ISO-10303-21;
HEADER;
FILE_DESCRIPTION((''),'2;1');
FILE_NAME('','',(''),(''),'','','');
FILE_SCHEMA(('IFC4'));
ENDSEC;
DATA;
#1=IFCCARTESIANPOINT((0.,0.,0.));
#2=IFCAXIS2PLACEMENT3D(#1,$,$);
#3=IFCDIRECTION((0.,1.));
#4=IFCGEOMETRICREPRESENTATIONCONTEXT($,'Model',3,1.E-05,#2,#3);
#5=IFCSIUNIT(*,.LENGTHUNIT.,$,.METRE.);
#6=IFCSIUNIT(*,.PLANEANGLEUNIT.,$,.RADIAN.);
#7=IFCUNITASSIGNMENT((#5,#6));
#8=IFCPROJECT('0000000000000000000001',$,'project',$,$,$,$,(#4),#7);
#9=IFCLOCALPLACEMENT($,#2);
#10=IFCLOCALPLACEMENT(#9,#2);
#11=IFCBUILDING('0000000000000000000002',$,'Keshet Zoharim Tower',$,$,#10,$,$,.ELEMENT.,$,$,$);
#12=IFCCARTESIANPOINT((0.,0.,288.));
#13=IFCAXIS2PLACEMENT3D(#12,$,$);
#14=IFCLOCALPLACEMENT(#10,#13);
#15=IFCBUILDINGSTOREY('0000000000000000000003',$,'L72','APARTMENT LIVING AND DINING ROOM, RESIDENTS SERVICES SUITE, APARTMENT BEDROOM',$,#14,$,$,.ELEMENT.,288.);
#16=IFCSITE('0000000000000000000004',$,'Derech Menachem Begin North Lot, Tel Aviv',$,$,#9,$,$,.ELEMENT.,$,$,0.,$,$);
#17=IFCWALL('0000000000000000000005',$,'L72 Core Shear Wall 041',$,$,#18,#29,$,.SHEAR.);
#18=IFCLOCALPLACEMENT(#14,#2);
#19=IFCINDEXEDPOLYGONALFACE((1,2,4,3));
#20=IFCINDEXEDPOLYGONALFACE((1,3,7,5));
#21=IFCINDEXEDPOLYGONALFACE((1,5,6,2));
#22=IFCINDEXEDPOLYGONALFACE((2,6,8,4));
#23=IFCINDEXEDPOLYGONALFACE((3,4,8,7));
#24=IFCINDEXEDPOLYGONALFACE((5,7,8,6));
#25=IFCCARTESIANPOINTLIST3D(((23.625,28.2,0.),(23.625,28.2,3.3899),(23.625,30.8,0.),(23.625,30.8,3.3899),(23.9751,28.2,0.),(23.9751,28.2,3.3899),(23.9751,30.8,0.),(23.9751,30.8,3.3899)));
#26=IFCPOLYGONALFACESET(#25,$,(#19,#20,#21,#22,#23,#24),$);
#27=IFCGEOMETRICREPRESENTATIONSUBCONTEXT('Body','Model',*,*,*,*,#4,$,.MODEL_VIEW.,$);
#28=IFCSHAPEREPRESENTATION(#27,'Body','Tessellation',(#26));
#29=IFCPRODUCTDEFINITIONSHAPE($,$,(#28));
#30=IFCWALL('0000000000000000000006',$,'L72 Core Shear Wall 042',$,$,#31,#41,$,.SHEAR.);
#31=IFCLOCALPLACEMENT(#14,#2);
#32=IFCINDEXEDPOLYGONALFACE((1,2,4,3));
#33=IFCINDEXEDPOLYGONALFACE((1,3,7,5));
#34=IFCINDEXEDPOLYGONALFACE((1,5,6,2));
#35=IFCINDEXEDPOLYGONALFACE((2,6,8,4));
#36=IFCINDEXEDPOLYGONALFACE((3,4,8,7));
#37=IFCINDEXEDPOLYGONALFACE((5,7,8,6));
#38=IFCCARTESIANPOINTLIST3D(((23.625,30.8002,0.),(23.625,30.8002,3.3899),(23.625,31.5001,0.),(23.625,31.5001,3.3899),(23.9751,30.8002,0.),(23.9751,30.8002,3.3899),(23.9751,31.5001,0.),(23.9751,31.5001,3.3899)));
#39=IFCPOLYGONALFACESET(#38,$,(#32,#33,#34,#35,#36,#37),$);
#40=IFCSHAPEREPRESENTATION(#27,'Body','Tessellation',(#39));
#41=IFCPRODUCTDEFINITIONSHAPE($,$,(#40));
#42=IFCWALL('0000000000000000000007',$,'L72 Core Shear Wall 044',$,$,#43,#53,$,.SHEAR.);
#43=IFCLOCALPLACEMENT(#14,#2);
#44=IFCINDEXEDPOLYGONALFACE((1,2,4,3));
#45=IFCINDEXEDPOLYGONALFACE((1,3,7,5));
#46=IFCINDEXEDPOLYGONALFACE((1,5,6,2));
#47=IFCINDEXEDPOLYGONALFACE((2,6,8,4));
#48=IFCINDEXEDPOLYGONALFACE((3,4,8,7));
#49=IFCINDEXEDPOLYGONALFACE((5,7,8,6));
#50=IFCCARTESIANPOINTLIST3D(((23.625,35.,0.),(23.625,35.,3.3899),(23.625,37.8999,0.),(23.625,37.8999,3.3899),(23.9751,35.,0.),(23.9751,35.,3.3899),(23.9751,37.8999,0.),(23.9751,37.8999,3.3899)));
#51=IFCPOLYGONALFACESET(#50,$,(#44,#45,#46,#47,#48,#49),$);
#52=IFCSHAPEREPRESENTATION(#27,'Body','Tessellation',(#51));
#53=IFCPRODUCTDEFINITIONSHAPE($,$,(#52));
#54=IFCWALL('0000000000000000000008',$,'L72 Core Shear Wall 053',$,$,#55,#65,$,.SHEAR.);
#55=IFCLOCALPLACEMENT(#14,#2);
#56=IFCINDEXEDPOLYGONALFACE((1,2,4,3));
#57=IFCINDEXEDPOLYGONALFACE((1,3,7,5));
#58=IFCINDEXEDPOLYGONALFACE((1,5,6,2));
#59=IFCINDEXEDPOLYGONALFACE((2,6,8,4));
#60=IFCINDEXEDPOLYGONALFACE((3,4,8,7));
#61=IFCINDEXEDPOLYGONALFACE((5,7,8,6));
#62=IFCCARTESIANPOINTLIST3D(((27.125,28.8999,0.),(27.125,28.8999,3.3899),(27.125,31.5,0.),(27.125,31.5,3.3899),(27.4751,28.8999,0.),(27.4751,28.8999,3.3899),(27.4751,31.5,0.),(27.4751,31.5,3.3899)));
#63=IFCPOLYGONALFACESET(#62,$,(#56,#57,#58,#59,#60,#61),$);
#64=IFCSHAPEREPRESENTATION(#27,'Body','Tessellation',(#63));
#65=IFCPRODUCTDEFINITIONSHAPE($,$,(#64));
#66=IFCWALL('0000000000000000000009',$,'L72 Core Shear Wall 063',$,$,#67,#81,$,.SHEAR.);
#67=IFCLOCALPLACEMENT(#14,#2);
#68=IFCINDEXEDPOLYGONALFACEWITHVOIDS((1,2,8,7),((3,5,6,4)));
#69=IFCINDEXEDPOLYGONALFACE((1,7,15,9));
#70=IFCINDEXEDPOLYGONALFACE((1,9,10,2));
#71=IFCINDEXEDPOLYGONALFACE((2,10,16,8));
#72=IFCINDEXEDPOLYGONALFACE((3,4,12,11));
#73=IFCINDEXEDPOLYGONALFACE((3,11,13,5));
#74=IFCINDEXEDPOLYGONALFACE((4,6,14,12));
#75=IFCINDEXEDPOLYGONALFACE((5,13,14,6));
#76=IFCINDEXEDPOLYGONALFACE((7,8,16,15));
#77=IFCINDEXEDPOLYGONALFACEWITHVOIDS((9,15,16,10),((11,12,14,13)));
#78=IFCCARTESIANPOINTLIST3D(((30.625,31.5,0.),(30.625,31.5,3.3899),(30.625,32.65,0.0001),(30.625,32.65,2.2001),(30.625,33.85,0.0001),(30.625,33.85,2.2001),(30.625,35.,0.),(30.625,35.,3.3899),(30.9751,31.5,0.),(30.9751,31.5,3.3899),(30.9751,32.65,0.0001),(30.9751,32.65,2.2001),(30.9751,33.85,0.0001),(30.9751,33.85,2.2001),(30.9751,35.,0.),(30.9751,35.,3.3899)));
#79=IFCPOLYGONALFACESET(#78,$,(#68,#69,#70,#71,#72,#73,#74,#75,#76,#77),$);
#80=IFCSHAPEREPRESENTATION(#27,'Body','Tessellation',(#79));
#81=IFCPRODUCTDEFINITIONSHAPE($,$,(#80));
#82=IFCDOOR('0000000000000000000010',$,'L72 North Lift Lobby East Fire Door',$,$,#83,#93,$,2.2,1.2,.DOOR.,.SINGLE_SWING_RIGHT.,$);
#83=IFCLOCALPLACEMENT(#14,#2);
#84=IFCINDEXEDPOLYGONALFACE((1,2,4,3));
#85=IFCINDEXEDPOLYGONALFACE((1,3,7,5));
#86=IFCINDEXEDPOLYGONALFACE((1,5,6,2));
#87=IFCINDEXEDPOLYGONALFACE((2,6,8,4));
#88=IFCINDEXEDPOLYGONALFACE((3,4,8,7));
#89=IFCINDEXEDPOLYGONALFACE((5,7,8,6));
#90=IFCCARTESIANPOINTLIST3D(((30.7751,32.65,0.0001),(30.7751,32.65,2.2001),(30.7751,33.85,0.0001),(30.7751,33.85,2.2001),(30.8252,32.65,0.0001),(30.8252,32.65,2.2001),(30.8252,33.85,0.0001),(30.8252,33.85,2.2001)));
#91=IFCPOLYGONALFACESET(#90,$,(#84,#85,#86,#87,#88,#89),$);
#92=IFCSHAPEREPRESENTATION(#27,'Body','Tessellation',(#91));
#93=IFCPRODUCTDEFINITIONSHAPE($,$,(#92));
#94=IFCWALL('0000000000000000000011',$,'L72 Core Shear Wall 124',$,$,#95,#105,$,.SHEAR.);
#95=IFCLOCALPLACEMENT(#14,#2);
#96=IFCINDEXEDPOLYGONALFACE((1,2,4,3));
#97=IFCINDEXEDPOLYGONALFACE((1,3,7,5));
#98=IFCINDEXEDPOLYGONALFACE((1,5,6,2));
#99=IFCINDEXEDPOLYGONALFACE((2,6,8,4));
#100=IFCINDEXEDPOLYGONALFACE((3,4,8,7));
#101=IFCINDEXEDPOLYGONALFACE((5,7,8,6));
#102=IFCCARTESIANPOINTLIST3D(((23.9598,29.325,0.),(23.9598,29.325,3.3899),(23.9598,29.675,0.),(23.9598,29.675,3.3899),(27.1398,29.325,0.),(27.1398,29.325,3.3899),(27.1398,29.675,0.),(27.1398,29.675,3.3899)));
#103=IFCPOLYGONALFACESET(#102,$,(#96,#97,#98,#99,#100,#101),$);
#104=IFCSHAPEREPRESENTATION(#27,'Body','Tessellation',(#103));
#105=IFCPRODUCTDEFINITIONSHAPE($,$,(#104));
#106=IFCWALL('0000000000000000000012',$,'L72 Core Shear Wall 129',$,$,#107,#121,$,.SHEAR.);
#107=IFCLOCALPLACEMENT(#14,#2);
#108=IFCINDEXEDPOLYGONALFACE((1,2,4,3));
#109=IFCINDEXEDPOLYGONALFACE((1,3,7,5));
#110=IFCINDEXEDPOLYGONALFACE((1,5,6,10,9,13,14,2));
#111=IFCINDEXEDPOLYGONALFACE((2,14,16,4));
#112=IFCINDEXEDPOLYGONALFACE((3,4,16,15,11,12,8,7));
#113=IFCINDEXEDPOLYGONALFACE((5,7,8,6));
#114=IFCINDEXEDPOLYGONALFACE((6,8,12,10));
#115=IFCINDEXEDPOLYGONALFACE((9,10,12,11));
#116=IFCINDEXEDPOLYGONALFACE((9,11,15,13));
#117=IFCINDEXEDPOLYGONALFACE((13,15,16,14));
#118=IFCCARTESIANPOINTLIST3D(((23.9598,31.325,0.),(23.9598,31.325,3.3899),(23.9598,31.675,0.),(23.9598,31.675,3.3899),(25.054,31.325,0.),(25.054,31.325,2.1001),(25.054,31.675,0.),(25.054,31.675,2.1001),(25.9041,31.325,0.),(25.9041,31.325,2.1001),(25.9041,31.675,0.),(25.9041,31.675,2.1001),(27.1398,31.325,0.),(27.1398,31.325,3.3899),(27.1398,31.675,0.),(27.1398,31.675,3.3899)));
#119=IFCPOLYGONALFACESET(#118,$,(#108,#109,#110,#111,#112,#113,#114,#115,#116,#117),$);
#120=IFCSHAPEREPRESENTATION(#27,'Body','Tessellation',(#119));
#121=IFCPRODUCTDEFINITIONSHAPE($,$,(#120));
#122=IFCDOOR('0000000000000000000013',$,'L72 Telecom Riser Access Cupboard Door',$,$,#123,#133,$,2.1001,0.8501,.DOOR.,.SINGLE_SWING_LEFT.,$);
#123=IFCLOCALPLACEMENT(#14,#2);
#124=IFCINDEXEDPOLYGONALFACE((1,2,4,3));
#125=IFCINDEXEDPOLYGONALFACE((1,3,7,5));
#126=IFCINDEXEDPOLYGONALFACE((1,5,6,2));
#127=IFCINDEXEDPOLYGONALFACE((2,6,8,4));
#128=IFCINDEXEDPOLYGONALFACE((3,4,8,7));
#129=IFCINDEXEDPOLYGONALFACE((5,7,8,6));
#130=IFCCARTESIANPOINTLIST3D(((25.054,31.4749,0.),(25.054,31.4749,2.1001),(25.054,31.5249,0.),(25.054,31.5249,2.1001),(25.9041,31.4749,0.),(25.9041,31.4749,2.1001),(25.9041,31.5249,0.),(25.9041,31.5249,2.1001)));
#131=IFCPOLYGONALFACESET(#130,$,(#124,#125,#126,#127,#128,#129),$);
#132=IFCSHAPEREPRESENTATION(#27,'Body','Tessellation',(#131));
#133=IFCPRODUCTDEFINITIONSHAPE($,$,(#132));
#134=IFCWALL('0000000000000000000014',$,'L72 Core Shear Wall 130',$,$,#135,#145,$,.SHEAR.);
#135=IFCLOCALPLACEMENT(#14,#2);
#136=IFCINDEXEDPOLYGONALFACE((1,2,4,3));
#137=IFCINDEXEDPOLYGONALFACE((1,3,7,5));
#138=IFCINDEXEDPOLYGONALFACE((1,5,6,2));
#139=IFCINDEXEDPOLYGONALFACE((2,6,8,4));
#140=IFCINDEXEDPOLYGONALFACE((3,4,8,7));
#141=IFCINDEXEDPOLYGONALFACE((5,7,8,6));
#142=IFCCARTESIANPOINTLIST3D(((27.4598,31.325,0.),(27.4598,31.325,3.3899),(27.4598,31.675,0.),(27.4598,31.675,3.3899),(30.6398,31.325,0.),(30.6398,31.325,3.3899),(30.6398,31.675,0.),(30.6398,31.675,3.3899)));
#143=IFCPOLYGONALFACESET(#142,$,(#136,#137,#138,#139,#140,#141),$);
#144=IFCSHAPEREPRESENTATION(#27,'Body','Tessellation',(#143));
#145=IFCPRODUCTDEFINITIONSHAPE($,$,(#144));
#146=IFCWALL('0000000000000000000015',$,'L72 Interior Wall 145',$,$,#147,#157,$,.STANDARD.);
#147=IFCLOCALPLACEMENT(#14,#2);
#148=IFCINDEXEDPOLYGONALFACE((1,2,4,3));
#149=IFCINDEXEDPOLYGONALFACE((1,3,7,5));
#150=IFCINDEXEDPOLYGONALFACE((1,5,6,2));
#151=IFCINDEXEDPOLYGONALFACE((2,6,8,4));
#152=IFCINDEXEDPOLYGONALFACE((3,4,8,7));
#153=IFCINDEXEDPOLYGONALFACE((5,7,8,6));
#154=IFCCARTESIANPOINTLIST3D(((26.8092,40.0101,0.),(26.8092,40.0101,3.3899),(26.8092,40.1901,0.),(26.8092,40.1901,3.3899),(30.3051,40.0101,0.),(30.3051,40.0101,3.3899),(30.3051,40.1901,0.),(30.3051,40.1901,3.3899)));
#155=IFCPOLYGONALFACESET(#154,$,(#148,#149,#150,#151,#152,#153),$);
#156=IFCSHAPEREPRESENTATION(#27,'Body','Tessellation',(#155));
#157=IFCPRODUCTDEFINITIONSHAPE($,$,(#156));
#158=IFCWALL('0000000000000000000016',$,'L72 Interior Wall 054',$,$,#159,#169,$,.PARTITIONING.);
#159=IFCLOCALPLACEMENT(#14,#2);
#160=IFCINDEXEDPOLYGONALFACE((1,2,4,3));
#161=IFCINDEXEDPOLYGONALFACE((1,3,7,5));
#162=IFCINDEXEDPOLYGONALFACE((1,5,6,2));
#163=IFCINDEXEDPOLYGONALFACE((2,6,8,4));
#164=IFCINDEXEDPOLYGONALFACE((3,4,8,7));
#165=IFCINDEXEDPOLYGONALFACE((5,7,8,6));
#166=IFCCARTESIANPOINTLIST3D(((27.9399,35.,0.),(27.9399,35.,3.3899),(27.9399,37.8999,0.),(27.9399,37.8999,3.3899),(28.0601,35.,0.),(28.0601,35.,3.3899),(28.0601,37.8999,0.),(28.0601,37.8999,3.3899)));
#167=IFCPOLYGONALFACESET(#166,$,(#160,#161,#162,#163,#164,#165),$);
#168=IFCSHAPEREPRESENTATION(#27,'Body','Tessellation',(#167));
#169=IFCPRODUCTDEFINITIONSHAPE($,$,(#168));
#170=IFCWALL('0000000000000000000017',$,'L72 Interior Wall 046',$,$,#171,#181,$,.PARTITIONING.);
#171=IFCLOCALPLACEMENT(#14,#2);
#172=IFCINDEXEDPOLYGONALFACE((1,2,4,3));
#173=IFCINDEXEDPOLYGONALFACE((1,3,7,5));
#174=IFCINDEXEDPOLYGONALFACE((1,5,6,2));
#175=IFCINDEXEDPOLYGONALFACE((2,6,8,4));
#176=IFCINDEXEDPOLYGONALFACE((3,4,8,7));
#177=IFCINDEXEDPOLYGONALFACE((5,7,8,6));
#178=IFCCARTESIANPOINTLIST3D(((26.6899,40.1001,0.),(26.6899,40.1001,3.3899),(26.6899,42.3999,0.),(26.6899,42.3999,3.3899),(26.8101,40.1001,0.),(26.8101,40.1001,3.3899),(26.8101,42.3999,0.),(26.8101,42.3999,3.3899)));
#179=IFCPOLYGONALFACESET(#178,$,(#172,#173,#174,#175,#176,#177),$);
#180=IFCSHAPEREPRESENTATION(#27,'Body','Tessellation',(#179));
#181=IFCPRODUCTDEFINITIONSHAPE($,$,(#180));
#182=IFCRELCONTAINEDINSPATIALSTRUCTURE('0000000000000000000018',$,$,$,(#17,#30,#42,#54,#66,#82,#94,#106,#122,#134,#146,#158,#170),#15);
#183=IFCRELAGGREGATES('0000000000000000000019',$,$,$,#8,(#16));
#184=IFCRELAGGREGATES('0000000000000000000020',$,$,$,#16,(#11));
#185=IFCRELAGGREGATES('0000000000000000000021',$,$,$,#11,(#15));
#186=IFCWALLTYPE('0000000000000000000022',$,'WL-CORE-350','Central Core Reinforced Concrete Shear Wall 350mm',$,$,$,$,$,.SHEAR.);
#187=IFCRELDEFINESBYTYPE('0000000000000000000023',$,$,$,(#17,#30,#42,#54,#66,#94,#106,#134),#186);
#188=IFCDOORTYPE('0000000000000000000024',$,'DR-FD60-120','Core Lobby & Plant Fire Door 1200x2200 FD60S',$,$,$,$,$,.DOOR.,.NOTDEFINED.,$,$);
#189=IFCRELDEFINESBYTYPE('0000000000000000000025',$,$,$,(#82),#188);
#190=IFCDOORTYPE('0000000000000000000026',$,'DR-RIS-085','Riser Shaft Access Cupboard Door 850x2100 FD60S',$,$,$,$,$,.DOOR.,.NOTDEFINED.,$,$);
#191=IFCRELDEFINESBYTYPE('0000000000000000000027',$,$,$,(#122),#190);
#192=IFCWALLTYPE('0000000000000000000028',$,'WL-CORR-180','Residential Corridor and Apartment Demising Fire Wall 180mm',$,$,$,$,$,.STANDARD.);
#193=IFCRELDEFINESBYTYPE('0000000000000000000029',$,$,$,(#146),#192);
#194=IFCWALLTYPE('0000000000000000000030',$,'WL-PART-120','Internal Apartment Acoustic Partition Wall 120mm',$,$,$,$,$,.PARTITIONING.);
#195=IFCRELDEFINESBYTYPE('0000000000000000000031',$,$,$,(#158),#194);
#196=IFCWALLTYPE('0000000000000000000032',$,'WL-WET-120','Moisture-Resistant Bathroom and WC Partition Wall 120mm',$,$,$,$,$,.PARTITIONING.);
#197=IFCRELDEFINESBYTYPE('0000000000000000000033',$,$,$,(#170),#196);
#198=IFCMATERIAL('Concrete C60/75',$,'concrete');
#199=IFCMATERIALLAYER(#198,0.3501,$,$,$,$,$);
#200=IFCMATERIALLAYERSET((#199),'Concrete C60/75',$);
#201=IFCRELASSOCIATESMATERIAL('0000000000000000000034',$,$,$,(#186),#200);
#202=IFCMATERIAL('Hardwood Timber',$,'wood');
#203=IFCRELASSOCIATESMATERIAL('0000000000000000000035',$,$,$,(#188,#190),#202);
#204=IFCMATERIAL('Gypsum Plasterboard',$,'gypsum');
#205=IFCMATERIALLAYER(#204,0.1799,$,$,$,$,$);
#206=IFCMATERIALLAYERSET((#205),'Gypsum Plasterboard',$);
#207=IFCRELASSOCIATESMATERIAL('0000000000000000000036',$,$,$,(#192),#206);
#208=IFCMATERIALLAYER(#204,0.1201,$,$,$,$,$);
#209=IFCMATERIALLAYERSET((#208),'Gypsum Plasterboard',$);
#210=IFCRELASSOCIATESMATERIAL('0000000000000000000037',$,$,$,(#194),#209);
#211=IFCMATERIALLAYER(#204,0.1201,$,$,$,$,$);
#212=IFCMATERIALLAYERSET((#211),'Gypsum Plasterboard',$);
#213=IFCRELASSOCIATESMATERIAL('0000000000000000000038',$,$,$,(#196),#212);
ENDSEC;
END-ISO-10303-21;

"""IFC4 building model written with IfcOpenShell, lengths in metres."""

from ifc_helpers import new_model, si_unit, direction, frame, frame_2d, origin, place, context, subcontext, project, spatial, rectangle, extrude, material, layer, layer_set, type_object, element, fill, save


model = new_model("IFC4")

# Units and contexts
model_context = context("Model", 3, precision=1e-05, world=origin(), true_north=direction((0.0, 1.0)))
body_context = subcontext(model_context, "Body", "Model", "MODEL_VIEW")
ifc_project = project(units=[si_unit("LENGTHUNIT", "METRE"), si_unit("PLANEANGLEUNIT", "RADIAN")], contexts=[model_context])

# Site, building, storey
site_placement = place(None, origin())
site = spatial("IfcSite", under=ifc_project, at=site_placement, Name="Derech Menachem Begin North Lot, Tel Aviv", CompositionType="ELEMENT", RefElevation=0.0)
building_placement = place(site_placement, origin())
building = spatial("IfcBuilding", under=site, at=building_placement, Name="Keshet Zoharim Tower", CompositionType="ELEMENT")
storey_placement = place(building_placement, frame((0.0, 0.0, 288.0)))
storey = spatial("IfcBuildingStorey", under=building, at=storey_placement, Name="L72", Description="APARTMENT LIVING AND DINING ROOM, RESIDENTS SERVICES SUITE, APARTMENT BEDROOM", CompositionType="ELEMENT", Elevation=288.0)

# Walls
ifc_material_1 = material(Name="Gypsum Plasterboard", Category="gypsum")
ifc_material_2 = material(Name="Concrete C60/75", Category="concrete")
ifc_layer_1 = layer(ifc_material_2, 0.3501)
ifc_layer_set_1 = layer_set([ifc_layer_1], Name="Concrete C60/75")
wall_type_1 = type_object("IfcWallType", Name="WL-CORE-350", Description="Central Core Reinforced Concrete Shear Wall 350mm", PredefinedType="SHEAR", material=ifc_layer_set_1)
wall_1_placement = place(storey_placement, frame((23.8, 28.2, 0.0), z_axis=(0.0, 0.0, 1.0), x_axis=(0.0, 1.0, 0.0)))
element("IfcWall", 1, at=wall_1_placement, inside=storey, type_object=wall_type_1, Name="L72 Core Shear Wall 041", PredefinedType="SHEAR", context=body_context, shape_type="SweptSolid", body=[
    extrude(rectangle(XDim=2.6001, YDim=0.3501, at=frame_2d((1.3, 0.0))), origin(), (0.0, 0.0, 1.0), 3.3899),
])
wall_2_placement = place(storey_placement, frame((23.8, 30.8, 0.0), z_axis=(0.0, 0.0, 1.0), x_axis=(0.0, 1.0, 0.0)))
element("IfcWall", 2, at=wall_2_placement, inside=storey, type_object=wall_type_1, Name="L72 Core Shear Wall 042", PredefinedType="SHEAR", context=body_context, shape_type="SweptSolid", body=[
    extrude(rectangle(XDim=0.7, YDim=0.3501, at=frame_2d((0.3501, 0.0))), origin(), (0.0, 0.0, 1.0), 3.3899),
])

# Shared definitions
ifc_material_3 = material(Name="Hardwood Timber", Category="wood")

# Walls
wall_3_placement = place(storey_placement, frame((23.8, 35.0, 0.0), z_axis=(0.0, 0.0, 1.0), x_axis=(0.0, 1.0, 0.0)))
element("IfcWall", 3, at=wall_3_placement, inside=storey, type_object=wall_type_1, Name="L72 Core Shear Wall 044", PredefinedType="SHEAR", context=body_context, shape_type="SweptSolid", body=[
    extrude(rectangle(XDim=2.8999, YDim=0.3501, at=frame_2d((1.45, 0.0))), origin(), (0.0, 0.0, 1.0), 3.3899),
])
wall_4_placement = place(storey_placement, frame((27.3, 28.8999, 0.0), z_axis=(0.0, 0.0, 1.0), x_axis=(0.0, 1.0, 0.0)))
element("IfcWall", 4, at=wall_4_placement, inside=storey, type_object=wall_type_1, Name="L72 Core Shear Wall 053", PredefinedType="SHEAR", context=body_context, shape_type="SweptSolid", body=[
    extrude(rectangle(XDim=2.6001, YDim=0.3501, at=frame_2d((1.3, 0.0))), origin(), (0.0, 0.0, 1.0), 3.3899),
])

# Wall, opening, door
wall_5_placement = place(storey_placement, frame((30.8, 31.5, 0.0), z_axis=(0.0, 0.0, 1.0), x_axis=(0.0, 1.0, 0.0)))
wall_5 = element("IfcWall", 5, at=wall_5_placement, inside=storey, type_object=wall_type_1, Name="L72 Core Shear Wall 063", PredefinedType="SHEAR", context=body_context, shape_type="SweptSolid", body=[
    extrude(rectangle(XDim=3.5, YDim=0.3501, at=frame_2d((1.75, 0.0))), origin(), (0.0, 0.0, 1.0), 3.3899),
])
opening_1_placement = place(wall_5_placement, frame((1.1499, 0.0, 0.0)))
opening_1 = element("IfcOpeningElement", 6, at=opening_1_placement, cuts=wall_5, PredefinedType="OPENING", context=body_context, shape_type="SweptSolid", body=[
    extrude(rectangle(XDim=1.2, YDim=2.2, at=frame_2d((0.6001, 1.1001))), frame((0.0, 0.1851, 0.0), z_axis=(0.0, -1.0, 0.0), x_axis=(1.0, 0.0, 0.0)), (0.0, 0.0, 1.0), 0.3701),
])
door_type_1 = type_object("IfcDoorType", Name="DR-FD60-120", Description="Core Lobby & Plant Fire Door 1200x2200 FD60S", OperationType="NOTDEFINED", PredefinedType="DOOR", material=ifc_material_3)
door_1_placement = place(opening_1_placement, origin())
door_1 = element("IfcDoor", 7, at=door_1_placement, inside=storey, type_object=door_type_1, Name="L72 North Lift Lobby East Fire Door", OperationType="SINGLE_SWING_RIGHT", OverallHeight=2.2, OverallWidth=1.2, PredefinedType="DOOR", context=body_context, shape_type="SweptSolid", body=[
    extrude(rectangle(XDim=1.2, YDim=2.2, at=frame_2d((0.6001, 1.1001))), frame((0.0, 0.0249, 0.0), z_axis=(0.0, -1.0, 0.0), x_axis=(1.0, 0.0, 0.0)), (0.0, 0.0, 1.0), 0.05),
])
fill(opening_1, door_1)

# Wall
wall_6_placement = place(storey_placement, frame((23.96, 29.5, 0.0), z_axis=(0.0, 0.0, 1.0), x_axis=(1.0, 0.0, 0.0)))
element("IfcWall", 8, at=wall_6_placement, inside=storey, type_object=wall_type_1, Name="L72 Core Shear Wall 124", PredefinedType="SHEAR", context=body_context, shape_type="SweptSolid", body=[
    extrude(rectangle(XDim=3.1799, YDim=0.3501, at=frame_2d((1.5898, 0.0))), origin(), (0.0, 0.0, 1.0), 3.3899),
])

# Wall, opening, door
wall_7_placement = place(storey_placement, frame((23.96, 31.5, 0.0), z_axis=(0.0, 0.0, 1.0), x_axis=(1.0, 0.0, 0.0)))
wall_7 = element("IfcWall", 9, at=wall_7_placement, inside=storey, type_object=wall_type_1, Name="L72 Core Shear Wall 129", PredefinedType="SHEAR", context=body_context, shape_type="SweptSolid", body=[
    extrude(rectangle(XDim=3.1799, YDim=0.3501, at=frame_2d((1.5898, 0.0))), origin(), (0.0, 0.0, 1.0), 3.3899),
])
opening_2_placement = place(wall_7_placement, frame((1.094, 0.0, 0.0)))
opening_2 = element("IfcOpeningElement", 10, at=opening_2_placement, cuts=wall_7, PredefinedType="OPENING", context=body_context, shape_type="SweptSolid", body=[
    extrude(rectangle(XDim=0.8501, YDim=2.1001, at=frame_2d((0.425, 1.05))), frame((0.0, 0.1851, 0.0), z_axis=(0.0, -1.0, 0.0), x_axis=(1.0, 0.0, 0.0)), (0.0, 0.0, 1.0), 0.3701),
])
door_type_2 = type_object("IfcDoorType", Name="DR-RIS-085", Description="Riser Shaft Access Cupboard Door 850x2100 FD60S", OperationType="NOTDEFINED", PredefinedType="DOOR", material=ifc_material_3)
door_2_placement = place(opening_2_placement, origin())
door_2 = element("IfcDoor", 11, at=door_2_placement, inside=storey, type_object=door_type_2, Name="L72 Telecom Riser Access Cupboard Door", OperationType="SINGLE_SWING_LEFT", OverallHeight=2.1001, OverallWidth=0.8501, PredefinedType="DOOR", context=body_context, shape_type="SweptSolid", body=[
    extrude(rectangle(XDim=0.8501, YDim=2.1001, at=frame_2d((0.425, 1.05))), frame((0.0, 0.0249, 0.0), z_axis=(0.0, -1.0, 0.0), x_axis=(1.0, 0.0, 0.0)), (0.0, 0.0, 1.0), 0.05),
])
fill(opening_2, door_2)

# Wall
wall_8_placement = place(storey_placement, frame((27.46, 31.5, 0.0), z_axis=(0.0, 0.0, 1.0), x_axis=(1.0, 0.0, 0.0)))
element("IfcWall", 12, at=wall_8_placement, inside=storey, type_object=wall_type_1, Name="L72 Core Shear Wall 130", PredefinedType="SHEAR", context=body_context, shape_type="SweptSolid", body=[
    extrude(rectangle(XDim=3.1799, YDim=0.3501, at=frame_2d((1.5898, 0.0))), origin(), (0.0, 0.0, 1.0), 3.3899),
])

# Wall
ifc_layer_2 = layer(ifc_material_1, 0.1799)
ifc_layer_set_2 = layer_set([ifc_layer_2], Name="Gypsum Plasterboard")
wall_type_2 = type_object("IfcWallType", Name="WL-CORR-180", Description="Residential Corridor and Apartment Demising Fire Wall 180mm", PredefinedType="STANDARD", material=ifc_layer_set_2)
wall_9_placement = place(storey_placement, frame((26.8091, 40.1001, 0.0), z_axis=(0.0, 0.0, 1.0), x_axis=(1.0, 0.0, 0.0)))
element("IfcWall", 13, at=wall_9_placement, inside=storey, type_object=wall_type_2, Name="L72 Interior Wall 145", PredefinedType="STANDARD", context=body_context, shape_type="SweptSolid", body=[
    extrude(rectangle(XDim=3.4958, YDim=0.1799, at=frame_2d((1.748, 0.0))), origin(), (0.0, 0.0, 1.0), 3.3899),
])

# Walls
ifc_layer_3 = layer(ifc_material_1, 0.1201)
ifc_layer_set_3 = layer_set([ifc_layer_3], Name="Gypsum Plasterboard")
wall_type_3 = type_object("IfcWallType", Name="WL-PART-120", Description="Internal Apartment Acoustic Partition Wall 120mm", PredefinedType="PARTITIONING", material=ifc_layer_set_3)
wall_10_placement = place(storey_placement, frame((28.0, 35.0, 0.0), z_axis=(0.0, 0.0, 1.0), x_axis=(0.0, 1.0, 0.0)))
element("IfcWall", 14, at=wall_10_placement, inside=storey, type_object=wall_type_3, Name="L72 Interior Wall 054", PredefinedType="PARTITIONING", context=body_context, shape_type="SweptSolid", body=[
    extrude(rectangle(XDim=2.8999, YDim=0.1201, at=frame_2d((1.45, 0.0))), origin(), (0.0, 0.0, 1.0), 3.3899),
])
ifc_layer_4 = layer(ifc_material_1, 0.1201)
ifc_layer_set_4 = layer_set([ifc_layer_4], Name="Gypsum Plasterboard")
wall_type_4 = type_object("IfcWallType", Name="WL-WET-120", Description="Moisture-Resistant Bathroom and WC Partition Wall 120mm", PredefinedType="PARTITIONING", material=ifc_layer_set_4)
for number, where, z_axis, x_axis, name in (
    (15, (26.75, 40.1001, 0.0), (0.0, 0.0, 1.0), (0.0, 1.0, 0.0), "L72 Interior Wall 046"),
):
    element("IfcWall", number, at=place(storey_placement, frame(where, z_axis=z_axis, x_axis=x_axis)), inside=storey, type_object=wall_type_4, Name=name, PredefinedType="PARTITIONING", context=body_context, shape_type="SweptSolid", body=[
        extrude(rectangle(XDim=2.2998, YDim=0.1201, at=frame_2d((1.1499, 0.0))), origin(), (0.0, 0.0, 1.0), 3.3899),
    ])

save(model, "model.ifc")
